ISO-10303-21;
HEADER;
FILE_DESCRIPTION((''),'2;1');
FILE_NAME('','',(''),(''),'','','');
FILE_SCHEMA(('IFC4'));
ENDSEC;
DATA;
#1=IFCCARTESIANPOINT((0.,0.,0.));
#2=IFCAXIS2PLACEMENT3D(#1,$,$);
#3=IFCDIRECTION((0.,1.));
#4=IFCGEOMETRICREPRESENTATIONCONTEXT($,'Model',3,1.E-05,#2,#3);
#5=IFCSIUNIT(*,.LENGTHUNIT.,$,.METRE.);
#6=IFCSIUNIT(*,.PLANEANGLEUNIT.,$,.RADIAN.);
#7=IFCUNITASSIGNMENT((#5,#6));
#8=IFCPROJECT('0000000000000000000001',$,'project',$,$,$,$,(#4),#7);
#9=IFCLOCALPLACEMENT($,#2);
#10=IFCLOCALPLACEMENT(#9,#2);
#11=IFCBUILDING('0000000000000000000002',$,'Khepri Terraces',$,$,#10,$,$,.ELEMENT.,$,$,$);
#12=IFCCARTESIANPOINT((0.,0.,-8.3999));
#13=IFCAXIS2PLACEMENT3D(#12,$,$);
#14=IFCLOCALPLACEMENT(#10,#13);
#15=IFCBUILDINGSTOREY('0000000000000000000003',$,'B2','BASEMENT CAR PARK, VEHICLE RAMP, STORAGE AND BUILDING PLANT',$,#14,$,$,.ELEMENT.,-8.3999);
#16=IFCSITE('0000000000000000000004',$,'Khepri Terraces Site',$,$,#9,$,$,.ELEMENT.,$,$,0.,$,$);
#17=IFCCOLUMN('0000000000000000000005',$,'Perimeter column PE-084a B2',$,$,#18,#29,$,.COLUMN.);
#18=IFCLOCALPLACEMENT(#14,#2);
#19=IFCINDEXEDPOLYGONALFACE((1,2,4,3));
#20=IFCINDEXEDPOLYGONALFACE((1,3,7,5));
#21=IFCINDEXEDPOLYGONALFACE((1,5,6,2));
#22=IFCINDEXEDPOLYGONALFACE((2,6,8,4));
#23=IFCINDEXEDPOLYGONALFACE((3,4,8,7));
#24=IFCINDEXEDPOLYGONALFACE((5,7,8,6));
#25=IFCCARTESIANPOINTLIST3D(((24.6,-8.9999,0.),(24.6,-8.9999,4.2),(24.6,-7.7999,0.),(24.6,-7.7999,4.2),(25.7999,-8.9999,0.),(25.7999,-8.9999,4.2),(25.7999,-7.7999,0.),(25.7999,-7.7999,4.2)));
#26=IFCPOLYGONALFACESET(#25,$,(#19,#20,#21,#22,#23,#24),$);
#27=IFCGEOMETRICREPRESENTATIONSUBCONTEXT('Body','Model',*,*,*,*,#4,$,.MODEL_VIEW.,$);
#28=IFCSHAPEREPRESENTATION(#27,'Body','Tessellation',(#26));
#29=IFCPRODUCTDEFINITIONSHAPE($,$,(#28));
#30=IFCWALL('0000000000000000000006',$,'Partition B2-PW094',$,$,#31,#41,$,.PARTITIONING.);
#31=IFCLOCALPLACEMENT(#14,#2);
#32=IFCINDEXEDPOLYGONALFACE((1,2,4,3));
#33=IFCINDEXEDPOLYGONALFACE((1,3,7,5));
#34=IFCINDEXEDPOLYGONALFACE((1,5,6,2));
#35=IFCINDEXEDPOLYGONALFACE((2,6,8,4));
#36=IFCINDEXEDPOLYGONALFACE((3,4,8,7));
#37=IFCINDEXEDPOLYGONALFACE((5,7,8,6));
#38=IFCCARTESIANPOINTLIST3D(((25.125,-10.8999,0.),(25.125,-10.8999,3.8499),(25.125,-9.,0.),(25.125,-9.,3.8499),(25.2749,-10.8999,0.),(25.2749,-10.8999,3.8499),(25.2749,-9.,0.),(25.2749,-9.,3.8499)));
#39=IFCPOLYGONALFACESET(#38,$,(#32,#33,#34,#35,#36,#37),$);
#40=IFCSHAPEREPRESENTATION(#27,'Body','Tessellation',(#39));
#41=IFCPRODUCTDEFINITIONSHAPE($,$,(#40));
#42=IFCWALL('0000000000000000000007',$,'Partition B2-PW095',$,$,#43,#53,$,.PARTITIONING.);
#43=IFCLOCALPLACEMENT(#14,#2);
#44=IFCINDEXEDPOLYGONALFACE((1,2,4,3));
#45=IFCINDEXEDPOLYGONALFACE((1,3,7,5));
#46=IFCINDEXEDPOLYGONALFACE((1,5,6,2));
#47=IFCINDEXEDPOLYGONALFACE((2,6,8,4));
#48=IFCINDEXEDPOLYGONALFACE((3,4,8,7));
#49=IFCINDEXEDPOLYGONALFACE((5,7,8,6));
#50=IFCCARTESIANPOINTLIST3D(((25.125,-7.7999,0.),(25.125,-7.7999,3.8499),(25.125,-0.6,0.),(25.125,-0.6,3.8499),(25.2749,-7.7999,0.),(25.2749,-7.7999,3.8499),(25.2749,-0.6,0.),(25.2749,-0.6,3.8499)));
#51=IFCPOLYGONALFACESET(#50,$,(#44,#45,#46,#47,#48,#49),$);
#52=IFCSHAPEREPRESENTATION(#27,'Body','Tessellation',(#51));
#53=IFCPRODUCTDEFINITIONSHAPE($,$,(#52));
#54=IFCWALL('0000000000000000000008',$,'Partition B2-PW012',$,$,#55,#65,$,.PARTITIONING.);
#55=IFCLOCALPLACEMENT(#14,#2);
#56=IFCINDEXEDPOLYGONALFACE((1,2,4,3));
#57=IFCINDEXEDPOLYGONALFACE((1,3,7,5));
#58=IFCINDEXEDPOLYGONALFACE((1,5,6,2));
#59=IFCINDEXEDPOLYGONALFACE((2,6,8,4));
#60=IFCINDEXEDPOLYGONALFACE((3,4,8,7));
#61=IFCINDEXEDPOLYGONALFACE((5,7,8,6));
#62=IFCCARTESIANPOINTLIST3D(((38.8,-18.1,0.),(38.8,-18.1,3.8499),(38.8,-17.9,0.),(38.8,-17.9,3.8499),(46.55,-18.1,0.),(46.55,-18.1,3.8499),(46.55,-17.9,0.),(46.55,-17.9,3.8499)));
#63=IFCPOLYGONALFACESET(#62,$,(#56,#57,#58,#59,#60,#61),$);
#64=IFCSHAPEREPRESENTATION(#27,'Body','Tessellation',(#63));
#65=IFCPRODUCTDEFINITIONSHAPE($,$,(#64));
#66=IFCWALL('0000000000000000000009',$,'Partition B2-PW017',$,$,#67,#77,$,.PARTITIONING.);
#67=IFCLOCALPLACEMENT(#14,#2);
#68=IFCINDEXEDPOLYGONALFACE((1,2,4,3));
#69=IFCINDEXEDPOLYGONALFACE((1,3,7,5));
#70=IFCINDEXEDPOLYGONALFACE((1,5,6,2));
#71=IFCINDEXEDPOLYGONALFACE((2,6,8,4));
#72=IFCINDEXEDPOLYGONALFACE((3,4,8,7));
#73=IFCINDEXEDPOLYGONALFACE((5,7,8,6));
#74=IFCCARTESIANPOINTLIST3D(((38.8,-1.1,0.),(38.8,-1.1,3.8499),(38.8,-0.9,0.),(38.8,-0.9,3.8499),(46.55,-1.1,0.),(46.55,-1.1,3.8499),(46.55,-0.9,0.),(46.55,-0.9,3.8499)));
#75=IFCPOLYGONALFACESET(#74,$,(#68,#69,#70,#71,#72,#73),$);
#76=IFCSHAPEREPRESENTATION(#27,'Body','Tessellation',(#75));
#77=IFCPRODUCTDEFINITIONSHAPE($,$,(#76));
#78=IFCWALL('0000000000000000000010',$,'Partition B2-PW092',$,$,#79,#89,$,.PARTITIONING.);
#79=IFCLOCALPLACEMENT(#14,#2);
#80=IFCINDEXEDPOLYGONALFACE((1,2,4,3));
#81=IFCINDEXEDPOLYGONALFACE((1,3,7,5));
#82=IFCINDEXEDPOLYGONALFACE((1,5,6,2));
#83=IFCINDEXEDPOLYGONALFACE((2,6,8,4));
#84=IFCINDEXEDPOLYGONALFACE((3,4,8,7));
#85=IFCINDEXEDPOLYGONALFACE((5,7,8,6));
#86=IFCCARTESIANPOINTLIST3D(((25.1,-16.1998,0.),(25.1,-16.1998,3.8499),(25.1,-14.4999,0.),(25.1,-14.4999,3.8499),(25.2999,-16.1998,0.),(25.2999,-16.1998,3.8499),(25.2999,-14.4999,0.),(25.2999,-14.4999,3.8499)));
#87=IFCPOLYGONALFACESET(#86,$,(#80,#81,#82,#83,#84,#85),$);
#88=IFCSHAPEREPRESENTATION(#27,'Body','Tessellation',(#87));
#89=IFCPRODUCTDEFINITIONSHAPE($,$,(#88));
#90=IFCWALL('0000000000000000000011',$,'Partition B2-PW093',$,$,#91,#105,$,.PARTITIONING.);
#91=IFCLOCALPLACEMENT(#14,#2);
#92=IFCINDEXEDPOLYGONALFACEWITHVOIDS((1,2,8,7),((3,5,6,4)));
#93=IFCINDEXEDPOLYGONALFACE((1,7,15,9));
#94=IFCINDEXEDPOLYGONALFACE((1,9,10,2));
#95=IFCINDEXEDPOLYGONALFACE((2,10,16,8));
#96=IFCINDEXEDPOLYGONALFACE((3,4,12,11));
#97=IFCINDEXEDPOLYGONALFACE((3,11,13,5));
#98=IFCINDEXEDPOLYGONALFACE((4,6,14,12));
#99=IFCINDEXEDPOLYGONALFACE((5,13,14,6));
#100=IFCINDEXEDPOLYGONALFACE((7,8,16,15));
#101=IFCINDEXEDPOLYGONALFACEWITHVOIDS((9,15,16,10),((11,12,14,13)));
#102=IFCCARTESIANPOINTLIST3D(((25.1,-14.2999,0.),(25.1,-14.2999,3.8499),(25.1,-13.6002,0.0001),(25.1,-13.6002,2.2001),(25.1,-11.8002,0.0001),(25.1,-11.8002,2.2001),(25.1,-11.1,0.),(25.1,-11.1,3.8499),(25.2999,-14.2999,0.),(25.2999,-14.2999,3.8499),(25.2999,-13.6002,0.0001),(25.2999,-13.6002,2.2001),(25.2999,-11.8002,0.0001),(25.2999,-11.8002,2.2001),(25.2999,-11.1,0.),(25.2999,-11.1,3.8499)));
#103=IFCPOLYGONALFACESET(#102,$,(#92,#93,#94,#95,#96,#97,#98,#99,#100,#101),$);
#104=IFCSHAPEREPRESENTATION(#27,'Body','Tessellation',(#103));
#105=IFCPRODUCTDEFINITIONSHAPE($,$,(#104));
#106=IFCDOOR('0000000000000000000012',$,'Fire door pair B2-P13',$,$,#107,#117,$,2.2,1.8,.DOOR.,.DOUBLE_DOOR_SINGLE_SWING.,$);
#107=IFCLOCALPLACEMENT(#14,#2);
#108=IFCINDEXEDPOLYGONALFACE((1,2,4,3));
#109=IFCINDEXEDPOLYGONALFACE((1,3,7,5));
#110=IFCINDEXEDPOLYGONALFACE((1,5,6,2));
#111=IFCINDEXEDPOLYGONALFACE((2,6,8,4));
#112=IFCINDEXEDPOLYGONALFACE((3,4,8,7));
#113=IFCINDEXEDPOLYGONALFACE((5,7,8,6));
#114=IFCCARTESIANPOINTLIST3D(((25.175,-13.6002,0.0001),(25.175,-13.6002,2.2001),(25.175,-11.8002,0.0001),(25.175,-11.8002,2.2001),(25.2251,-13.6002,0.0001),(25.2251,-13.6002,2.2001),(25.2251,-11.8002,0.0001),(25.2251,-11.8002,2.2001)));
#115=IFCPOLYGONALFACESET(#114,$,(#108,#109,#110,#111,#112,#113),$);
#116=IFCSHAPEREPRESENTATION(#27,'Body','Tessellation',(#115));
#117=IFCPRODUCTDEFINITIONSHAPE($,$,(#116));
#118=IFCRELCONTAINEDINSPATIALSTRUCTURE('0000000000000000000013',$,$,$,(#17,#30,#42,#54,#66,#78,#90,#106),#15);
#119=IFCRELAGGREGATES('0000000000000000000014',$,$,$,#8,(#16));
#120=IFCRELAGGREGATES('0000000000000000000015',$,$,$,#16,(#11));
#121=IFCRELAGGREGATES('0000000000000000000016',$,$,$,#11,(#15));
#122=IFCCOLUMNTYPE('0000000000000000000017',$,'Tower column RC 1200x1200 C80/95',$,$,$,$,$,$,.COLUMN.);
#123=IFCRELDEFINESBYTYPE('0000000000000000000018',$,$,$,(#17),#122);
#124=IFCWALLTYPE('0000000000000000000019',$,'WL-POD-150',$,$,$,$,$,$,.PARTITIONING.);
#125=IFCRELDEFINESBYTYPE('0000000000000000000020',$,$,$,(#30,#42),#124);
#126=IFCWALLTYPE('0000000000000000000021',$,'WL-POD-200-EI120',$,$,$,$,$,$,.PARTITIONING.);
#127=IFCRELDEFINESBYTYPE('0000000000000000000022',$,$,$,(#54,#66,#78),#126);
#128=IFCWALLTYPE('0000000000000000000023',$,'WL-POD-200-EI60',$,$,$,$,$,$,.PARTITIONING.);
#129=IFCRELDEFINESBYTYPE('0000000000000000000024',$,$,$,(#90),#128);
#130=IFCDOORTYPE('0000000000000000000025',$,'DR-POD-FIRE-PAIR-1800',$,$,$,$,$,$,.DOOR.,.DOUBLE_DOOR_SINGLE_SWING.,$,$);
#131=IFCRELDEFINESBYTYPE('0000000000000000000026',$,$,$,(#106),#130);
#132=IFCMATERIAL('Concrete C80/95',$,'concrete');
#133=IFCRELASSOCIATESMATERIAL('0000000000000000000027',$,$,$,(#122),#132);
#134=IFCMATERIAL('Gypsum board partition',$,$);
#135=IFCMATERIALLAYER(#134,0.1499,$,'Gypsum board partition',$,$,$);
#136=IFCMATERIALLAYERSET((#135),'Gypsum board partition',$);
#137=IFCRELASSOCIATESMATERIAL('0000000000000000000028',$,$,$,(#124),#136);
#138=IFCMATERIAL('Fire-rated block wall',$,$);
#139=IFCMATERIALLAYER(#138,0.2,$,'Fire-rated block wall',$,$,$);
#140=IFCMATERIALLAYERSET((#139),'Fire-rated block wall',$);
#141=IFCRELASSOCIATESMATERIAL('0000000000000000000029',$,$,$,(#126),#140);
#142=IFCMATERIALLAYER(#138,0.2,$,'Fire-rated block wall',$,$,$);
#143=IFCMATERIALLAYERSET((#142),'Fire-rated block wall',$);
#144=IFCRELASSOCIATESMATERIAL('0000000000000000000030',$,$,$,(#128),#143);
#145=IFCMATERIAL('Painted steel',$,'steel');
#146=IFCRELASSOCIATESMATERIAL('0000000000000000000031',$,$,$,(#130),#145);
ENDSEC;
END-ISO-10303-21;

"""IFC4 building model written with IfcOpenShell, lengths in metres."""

from ifc_helpers import new_model, si_unit, direction, frame, frame_2d, origin, origin_2d, place, context, subcontext, project, spatial, rectangle, extrude, material, layer, layer_set, material_profile, profile_set, type_object, element, fill, save


model = new_model("IFC4")

# Units and contexts
model_context = context("Model", 3, precision=1e-05, world=origin(), true_north=direction((0.0, 1.0)))
body_context = subcontext(model_context, "Body", "Model", "MODEL_VIEW")
ifc_project = project(units=[si_unit("LENGTHUNIT", "METRE"), si_unit("PLANEANGLEUNIT", "RADIAN")], contexts=[model_context])

# Site, building, storey
site_placement = place(None, origin())
site = spatial("IfcSite", under=ifc_project, at=site_placement, Name="Khepri Terraces Site", CompositionType="ELEMENT", RefElevation=0.0)
building_placement = place(site_placement, origin())
building = spatial("IfcBuilding", under=site, at=building_placement, Name="Khepri Terraces", CompositionType="ELEMENT")
storey_placement = place(building_placement, frame((0.0, 0.0, -8.3999)))
storey = spatial("IfcBuildingStorey", under=building, at=storey_placement, Name="B2", Description="BASEMENT CAR PARK, VEHICLE RAMP, STORAGE AND BUILDING PLANT", CompositionType="ELEMENT", Elevation=-8.3999)

# Column
ifc_material_1 = material(Name="Concrete C80/95", Category="concrete")
ifc_material_profile_1 = material_profile(ifc_material_1, rectangle(XDim=1.2, YDim=1.2, at=origin_2d()), Name="Concrete C80/95", Category="concrete")
ifc_profile_set_1 = profile_set([ifc_material_profile_1], Name="Concrete C80/95")
column_type_1 = type_object("IfcColumnType", Name="Tower column RC 1200x1200 C80/95", PredefinedType="COLUMN", material=ifc_profile_set_1)
column_placement = place(storey_placement, frame((25.2, -8.3999, 0.0), z_axis=(0.0, 0.0, 1.0), x_axis=(1.0, 0.0, 0.0)))
element("IfcColumn", 1, at=column_placement, inside=storey, type_object=column_type_1, Name="Perimeter column PE-084a B2", PredefinedType="COLUMN", context=body_context, shape_type="SweptSolid", body=[
    extrude(rectangle(XDim=1.2, YDim=1.2, at=origin_2d()), origin(), (0.0, 0.0, 1.0), 4.2),
])

# Walls
ifc_material_2 = material(Name="Gypsum board partition")
ifc_layer_1 = layer(ifc_material_2, 0.1499, Name="Gypsum board partition")
ifc_layer_set_1 = layer_set([ifc_layer_1], Name="Gypsum board partition")
wall_type_1 = type_object("IfcWallType", Name="WL-POD-150", PredefinedType="PARTITIONING", material=ifc_layer_set_1)
wall_1_placement = place(storey_placement, frame((25.2, -10.8999, 0.0), z_axis=(0.0, 0.0, 1.0), x_axis=(0.0, 1.0, 0.0)))
element("IfcWall", 2, at=wall_1_placement, inside=storey, type_object=wall_type_1, Name="Partition B2-PW094", PredefinedType="PARTITIONING", context=body_context, shape_type="SweptSolid", body=[
    extrude(rectangle(XDim=1.8999, YDim=0.1499, at=frame_2d((0.95, 0.0))), origin(), (0.0, 0.0, 1.0), 3.8499),
])
wall_2_placement = place(storey_placement, frame((25.2, -7.8, 0.0), z_axis=(0.0, 0.0, 1.0), x_axis=(0.0, 1.0, 0.0)))
element("IfcWall", 3, at=wall_2_placement, inside=storey, type_object=wall_type_1, Name="Partition B2-PW095", PredefinedType="PARTITIONING", context=body_context, shape_type="SweptSolid", body=[
    extrude(rectangle(XDim=7.2, YDim=0.1499, at=frame_2d((3.6001, 0.0))), origin(), (0.0, 0.0, 1.0), 3.8499),
])
ifc_material_3 = material(Name="Fire-rated block wall")
ifc_layer_2 = layer(ifc_material_3, 0.2, Name="Fire-rated block wall")
ifc_layer_set_2 = layer_set([ifc_layer_2], Name="Fire-rated block wall")
wall_type_2 = type_object("IfcWallType", Name="WL-POD-200-EI120", PredefinedType="PARTITIONING", material=ifc_layer_set_2)
for number, where, z_axis, x_axis, name in (
    (4, (38.8, -18.0, 0.0), (0.0, 0.0, 1.0), (1.0, 0.0, 0.0), "Partition B2-PW012"),
    (5, (38.8, -1.0, 0.0), (0.0, 0.0, 1.0), (1.0, 0.0, 0.0), "Partition B2-PW017"),
):
    element("IfcWall", number, at=place(storey_placement, frame(where, z_axis=z_axis, x_axis=x_axis)), inside=storey, type_object=wall_type_2, Name=name, PredefinedType="PARTITIONING", context=body_context, shape_type="SweptSolid", body=[
        extrude(rectangle(XDim=7.75, YDim=0.2, at=frame_2d((3.875, 0.0))), origin(), (0.0, 0.0, 1.0), 3.8499),
    ])
wall_3_placement = place(storey_placement, frame((25.2, -16.2, 0.0), z_axis=(0.0, 0.0, 1.0), x_axis=(0.0, 1.0, 0.0)))
element("IfcWall", 6, at=wall_3_placement, inside=storey, type_object=wall_type_2, Name="Partition B2-PW092", PredefinedType="PARTITIONING", context=body_context, shape_type="SweptSolid", body=[
    extrude(rectangle(XDim=1.7, YDim=0.2, at=frame_2d((0.8501, 0.0))), origin(), (0.0, 0.0, 1.0), 3.8499),
])

# Wall, opening, door
ifc_layer_3 = layer(ifc_material_3, 0.2, Name="Fire-rated block wall")
ifc_layer_set_3 = layer_set([ifc_layer_3], Name="Fire-rated block wall")
wall_type_3 = type_object("IfcWallType", Name="WL-POD-200-EI60", PredefinedType="PARTITIONING", material=ifc_layer_set_3)
wall_4_placement = place(storey_placement, frame((25.2, -14.3, 0.0), z_axis=(0.0, 0.0, 1.0), x_axis=(0.0, 1.0, 0.0)))
wall_4 = element("IfcWall", 7, at=wall_4_placement, inside=storey, type_object=wall_type_3, Name="Partition B2-PW093", PredefinedType="PARTITIONING", context=body_context, shape_type="SweptSolid", body=[
    extrude(rectangle(XDim=3.2, YDim=0.2, at=frame_2d((1.6001, 0.0))), origin(), (0.0, 0.0, 1.0), 3.8499),
])
opening_placement = place(wall_4_placement, frame((0.7, 0.0, 0.0)))
opening = element("IfcOpeningElement", 8, at=opening_placement, cuts=wall_4, PredefinedType="OPENING", context=body_context, shape_type="SweptSolid", body=[
    extrude(rectangle(XDim=1.8, YDim=2.2, at=frame_2d((0.8999, 1.1001))), frame((0.0, 0.1099, 0.0), z_axis=(0.0, -1.0, 0.0), x_axis=(1.0, 0.0, 0.0)), (0.0, 0.0, 1.0), 0.22),
])
ifc_material_4 = material(Name="Painted steel", Category="steel")
door_type = type_object("IfcDoorType", Name="DR-POD-FIRE-PAIR-1800", OperationType="DOUBLE_DOOR_SINGLE_SWING", PredefinedType="DOOR", material=ifc_material_4)
door_placement = place(opening_placement, origin())
door = element("IfcDoor", 9, at=door_placement, inside=storey, type_object=door_type, Name="Fire door pair B2-P13", OperationType="DOUBLE_DOOR_SINGLE_SWING", OverallHeight=2.2, OverallWidth=1.8, PredefinedType="DOOR", context=body_context, shape_type="SweptSolid", body=[
    extrude(rectangle(XDim=1.8, YDim=2.2, at=frame_2d((0.8999, 1.1001))), frame((0.0, 0.0249, 0.0), z_axis=(0.0, -1.0, 0.0), x_axis=(1.0, 0.0, 0.0)), (0.0, 0.0, 1.0), 0.05),
])
fill(opening, door)

save(model, "model.ifc")
